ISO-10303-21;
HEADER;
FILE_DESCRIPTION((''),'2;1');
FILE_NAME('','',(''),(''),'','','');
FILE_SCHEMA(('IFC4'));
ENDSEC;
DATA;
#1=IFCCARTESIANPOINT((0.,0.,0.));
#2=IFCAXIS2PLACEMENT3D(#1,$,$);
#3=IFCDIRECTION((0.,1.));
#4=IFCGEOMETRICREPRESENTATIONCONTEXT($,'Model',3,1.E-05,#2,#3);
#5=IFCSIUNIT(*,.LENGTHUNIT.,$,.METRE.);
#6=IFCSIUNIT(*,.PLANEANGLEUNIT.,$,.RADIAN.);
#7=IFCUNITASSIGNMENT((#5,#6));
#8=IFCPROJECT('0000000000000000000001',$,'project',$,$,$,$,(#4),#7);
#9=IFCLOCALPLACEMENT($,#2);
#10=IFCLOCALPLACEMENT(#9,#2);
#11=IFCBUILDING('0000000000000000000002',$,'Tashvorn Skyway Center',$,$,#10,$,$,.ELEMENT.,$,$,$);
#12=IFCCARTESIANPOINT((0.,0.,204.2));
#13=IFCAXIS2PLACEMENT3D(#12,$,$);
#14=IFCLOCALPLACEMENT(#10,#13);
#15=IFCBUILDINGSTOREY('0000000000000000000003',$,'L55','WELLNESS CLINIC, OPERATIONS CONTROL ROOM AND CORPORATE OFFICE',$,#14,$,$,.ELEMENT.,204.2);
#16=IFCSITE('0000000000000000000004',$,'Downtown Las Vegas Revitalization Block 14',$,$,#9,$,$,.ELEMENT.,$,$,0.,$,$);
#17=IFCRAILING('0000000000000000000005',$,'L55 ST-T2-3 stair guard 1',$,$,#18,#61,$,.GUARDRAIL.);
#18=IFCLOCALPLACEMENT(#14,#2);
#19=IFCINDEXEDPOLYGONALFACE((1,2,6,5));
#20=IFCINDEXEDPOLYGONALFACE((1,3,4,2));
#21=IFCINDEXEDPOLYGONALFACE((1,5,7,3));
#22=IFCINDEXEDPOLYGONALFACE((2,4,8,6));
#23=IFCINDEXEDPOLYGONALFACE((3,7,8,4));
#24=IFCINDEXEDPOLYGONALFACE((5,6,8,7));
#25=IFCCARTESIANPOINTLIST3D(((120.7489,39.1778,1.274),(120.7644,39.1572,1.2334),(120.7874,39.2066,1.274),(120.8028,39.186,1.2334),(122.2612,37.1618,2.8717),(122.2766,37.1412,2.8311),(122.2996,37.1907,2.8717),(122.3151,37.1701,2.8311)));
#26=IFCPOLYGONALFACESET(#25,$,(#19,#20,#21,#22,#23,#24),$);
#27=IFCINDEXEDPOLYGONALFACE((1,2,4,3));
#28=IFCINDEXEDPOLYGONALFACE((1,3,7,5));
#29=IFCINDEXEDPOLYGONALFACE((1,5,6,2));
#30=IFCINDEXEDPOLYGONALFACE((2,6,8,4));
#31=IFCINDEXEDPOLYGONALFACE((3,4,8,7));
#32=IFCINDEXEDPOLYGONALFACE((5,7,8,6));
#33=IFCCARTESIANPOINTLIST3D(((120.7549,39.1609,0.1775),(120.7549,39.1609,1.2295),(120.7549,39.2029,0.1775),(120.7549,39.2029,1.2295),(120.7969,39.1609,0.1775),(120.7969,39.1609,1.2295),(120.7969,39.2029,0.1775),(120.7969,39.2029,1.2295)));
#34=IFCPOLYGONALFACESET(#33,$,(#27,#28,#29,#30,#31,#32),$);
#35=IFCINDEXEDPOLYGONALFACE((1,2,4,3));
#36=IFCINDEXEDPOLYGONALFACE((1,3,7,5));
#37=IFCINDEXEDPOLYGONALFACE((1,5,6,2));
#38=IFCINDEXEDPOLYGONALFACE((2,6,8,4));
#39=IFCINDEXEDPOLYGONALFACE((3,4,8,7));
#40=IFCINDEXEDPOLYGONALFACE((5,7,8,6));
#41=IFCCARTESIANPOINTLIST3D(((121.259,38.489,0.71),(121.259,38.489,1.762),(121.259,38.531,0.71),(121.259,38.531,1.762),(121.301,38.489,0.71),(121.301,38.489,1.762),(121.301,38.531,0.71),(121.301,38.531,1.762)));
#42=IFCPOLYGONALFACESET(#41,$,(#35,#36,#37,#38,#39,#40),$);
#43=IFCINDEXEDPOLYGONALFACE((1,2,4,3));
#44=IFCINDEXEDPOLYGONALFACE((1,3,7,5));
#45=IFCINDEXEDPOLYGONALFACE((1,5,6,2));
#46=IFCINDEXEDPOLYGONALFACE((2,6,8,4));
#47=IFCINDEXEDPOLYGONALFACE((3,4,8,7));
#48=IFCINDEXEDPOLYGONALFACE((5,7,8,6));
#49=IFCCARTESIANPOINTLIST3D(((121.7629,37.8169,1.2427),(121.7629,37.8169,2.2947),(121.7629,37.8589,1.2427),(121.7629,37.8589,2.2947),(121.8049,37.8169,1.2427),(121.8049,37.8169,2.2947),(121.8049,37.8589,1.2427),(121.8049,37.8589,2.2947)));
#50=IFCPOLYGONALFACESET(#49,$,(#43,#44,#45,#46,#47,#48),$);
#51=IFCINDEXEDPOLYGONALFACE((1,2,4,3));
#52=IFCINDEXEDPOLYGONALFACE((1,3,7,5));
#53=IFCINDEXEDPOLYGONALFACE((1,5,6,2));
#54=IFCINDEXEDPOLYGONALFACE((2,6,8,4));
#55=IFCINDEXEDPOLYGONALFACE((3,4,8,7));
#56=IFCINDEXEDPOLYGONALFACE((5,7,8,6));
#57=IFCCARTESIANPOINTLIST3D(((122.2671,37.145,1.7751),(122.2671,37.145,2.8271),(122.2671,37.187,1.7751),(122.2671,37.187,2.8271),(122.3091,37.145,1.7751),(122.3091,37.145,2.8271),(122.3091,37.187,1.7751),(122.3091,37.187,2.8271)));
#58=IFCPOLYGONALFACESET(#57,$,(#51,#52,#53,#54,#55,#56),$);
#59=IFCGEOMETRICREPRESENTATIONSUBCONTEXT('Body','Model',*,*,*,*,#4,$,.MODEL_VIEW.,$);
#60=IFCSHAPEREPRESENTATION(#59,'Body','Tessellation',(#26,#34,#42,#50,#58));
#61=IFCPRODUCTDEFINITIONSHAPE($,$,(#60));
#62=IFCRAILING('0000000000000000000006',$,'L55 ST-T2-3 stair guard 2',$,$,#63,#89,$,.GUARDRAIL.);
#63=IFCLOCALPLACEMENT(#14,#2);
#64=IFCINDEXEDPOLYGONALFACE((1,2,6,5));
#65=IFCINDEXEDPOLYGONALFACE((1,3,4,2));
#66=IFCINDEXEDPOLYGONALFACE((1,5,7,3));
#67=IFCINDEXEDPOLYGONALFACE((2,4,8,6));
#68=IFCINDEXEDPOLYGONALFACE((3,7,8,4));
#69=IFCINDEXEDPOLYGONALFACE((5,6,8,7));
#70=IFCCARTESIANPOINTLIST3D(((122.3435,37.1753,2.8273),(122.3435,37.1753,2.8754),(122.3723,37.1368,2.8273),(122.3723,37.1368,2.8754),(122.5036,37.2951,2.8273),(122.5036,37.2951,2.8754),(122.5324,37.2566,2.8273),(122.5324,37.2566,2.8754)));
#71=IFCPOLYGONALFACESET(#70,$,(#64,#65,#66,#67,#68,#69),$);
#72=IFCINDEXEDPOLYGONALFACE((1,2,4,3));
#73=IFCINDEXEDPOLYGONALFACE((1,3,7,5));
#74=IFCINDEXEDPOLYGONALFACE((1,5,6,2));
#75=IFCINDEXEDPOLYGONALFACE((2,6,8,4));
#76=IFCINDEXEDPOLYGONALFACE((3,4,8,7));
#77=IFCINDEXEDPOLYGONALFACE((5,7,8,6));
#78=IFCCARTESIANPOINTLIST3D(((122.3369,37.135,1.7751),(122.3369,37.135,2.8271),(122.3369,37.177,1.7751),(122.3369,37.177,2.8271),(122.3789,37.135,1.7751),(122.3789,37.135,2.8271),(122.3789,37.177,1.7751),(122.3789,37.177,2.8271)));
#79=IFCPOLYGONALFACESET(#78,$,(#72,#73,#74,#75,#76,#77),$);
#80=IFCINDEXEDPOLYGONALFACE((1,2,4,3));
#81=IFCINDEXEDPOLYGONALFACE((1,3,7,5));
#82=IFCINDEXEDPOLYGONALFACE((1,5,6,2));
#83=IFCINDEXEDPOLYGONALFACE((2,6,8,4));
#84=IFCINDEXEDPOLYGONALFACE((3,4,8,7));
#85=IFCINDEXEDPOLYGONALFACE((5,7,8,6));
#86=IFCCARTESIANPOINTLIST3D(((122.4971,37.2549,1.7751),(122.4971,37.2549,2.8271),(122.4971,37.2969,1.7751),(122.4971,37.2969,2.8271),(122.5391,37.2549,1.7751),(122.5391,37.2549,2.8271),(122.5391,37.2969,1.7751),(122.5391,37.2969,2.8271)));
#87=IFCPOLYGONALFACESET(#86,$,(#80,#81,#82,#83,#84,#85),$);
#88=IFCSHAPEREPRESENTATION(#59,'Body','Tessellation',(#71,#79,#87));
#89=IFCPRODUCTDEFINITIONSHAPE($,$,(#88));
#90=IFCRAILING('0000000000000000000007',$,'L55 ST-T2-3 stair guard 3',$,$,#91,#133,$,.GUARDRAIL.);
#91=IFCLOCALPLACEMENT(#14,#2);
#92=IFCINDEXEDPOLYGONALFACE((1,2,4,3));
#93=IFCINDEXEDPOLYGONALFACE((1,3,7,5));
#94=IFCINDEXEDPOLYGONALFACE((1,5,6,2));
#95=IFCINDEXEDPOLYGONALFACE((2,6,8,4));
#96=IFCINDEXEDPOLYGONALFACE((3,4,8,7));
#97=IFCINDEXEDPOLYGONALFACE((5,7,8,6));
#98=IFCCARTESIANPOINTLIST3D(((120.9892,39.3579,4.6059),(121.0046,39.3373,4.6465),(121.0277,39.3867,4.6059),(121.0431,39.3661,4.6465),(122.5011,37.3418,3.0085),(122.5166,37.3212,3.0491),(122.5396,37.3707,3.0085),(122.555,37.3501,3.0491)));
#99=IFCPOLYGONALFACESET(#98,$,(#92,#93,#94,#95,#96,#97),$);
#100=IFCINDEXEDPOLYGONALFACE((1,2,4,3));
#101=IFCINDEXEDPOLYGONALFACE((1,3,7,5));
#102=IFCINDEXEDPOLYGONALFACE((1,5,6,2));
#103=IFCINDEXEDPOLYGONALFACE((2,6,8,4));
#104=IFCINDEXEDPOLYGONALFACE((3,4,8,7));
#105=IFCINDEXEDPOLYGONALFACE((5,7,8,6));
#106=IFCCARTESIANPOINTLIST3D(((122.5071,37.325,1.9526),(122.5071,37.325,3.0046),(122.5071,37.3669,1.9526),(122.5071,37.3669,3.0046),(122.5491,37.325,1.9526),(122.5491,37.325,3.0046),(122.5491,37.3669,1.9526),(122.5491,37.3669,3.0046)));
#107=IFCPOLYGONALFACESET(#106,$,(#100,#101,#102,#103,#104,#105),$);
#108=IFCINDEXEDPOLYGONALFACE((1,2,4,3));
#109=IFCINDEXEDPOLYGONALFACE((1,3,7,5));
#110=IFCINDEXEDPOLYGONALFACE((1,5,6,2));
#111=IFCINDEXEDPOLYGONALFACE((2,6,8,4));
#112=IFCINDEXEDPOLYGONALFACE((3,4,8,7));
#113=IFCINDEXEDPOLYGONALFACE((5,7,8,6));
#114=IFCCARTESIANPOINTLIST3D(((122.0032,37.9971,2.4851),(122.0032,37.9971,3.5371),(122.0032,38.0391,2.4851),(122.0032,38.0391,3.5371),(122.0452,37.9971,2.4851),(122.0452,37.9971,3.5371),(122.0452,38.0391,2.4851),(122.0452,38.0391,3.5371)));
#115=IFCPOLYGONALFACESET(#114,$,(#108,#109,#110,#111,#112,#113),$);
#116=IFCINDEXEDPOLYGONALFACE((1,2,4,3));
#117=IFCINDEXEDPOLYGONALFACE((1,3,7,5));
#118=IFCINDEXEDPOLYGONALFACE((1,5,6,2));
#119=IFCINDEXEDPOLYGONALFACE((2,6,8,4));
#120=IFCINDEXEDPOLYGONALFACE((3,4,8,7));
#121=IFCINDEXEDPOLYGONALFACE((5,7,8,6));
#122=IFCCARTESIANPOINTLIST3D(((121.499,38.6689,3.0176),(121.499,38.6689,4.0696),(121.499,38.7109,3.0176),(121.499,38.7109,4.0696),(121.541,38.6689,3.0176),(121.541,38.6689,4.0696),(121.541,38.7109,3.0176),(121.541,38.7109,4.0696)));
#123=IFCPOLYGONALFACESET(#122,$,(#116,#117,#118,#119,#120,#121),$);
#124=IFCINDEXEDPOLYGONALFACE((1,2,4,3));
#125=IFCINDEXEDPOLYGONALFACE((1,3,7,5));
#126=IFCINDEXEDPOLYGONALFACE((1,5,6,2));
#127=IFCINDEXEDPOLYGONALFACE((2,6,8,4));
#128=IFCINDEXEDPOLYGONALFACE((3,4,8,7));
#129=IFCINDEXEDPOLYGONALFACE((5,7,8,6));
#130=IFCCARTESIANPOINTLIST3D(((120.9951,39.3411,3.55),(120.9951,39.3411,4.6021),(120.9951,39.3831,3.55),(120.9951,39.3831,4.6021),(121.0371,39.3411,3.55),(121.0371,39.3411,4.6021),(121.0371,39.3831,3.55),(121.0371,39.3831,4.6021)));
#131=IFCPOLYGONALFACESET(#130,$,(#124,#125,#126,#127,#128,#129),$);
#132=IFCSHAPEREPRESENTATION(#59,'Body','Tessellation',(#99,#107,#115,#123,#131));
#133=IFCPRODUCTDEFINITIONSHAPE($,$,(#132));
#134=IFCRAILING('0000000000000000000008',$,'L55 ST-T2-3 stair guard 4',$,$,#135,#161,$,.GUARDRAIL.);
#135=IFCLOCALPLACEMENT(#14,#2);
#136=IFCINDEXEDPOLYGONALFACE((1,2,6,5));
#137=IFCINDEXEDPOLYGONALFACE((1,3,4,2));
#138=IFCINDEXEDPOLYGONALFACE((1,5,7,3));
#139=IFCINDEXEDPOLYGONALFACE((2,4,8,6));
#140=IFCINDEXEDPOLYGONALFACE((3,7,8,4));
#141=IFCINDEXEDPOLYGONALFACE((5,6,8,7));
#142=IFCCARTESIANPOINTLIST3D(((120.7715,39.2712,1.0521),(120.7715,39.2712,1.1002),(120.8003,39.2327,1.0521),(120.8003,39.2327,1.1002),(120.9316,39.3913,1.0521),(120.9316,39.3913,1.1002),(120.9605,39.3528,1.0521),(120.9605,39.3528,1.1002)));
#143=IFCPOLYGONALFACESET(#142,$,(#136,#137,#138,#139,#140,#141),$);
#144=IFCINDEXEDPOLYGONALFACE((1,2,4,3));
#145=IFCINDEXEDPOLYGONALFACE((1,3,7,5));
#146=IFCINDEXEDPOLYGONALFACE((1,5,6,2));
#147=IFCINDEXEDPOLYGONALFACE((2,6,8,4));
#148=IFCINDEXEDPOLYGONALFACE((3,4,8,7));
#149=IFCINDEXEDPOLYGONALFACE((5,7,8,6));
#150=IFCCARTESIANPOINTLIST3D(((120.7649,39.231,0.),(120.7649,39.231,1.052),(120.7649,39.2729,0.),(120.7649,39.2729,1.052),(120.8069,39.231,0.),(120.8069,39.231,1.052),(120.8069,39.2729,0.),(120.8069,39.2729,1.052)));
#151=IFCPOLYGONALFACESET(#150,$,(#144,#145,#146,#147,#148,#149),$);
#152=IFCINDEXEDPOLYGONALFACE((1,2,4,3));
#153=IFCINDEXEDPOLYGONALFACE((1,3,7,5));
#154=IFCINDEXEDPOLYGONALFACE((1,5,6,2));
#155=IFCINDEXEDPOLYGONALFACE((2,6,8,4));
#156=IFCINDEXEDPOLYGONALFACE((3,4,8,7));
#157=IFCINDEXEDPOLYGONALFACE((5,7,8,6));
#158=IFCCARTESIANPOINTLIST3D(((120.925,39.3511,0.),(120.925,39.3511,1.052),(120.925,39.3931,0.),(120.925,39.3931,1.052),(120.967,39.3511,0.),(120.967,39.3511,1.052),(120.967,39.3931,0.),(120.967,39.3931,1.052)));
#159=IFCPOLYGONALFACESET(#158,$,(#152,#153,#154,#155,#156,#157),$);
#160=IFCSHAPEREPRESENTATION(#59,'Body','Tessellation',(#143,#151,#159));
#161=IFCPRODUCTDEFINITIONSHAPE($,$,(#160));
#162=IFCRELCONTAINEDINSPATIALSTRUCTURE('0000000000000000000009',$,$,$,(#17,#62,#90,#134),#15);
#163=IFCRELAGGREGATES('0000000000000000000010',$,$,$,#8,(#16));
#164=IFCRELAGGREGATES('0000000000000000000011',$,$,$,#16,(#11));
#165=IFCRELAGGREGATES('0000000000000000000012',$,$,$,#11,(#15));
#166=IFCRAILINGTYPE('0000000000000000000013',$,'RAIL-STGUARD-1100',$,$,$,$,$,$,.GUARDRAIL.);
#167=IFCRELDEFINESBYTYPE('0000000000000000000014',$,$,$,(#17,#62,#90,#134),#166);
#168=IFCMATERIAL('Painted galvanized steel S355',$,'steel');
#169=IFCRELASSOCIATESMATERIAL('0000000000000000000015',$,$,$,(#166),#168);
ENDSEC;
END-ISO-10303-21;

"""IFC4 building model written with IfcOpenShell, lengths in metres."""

from ifc_helpers import new_model, si_unit, direction, frame, origin, origin_2d, place, context, subcontext, project, spatial, rectangle, extrude, material, type_object, element, save


model = new_model("IFC4")

# Units and contexts
model_context = context("Model", 3, precision=1e-05, world=origin(), true_north=direction((0.0, 1.0)))
body_context = subcontext(model_context, "Body", "Model", "MODEL_VIEW")
ifc_project = project(units=[si_unit("LENGTHUNIT", "METRE"), si_unit("PLANEANGLEUNIT", "RADIAN")], contexts=[model_context])

# Site, building, storey
site_placement = place(None, origin())
site = spatial("IfcSite", under=ifc_project, at=site_placement, Name="Downtown Las Vegas Revitalization Block 14", CompositionType="ELEMENT", RefElevation=0.0)
building_placement = place(site_placement, origin())
building = spatial("IfcBuilding", under=site, at=building_placement, Name="Tashvorn Skyway Center", CompositionType="ELEMENT")
storey_placement = place(building_placement, frame((0.0, 0.0, 204.2)))
storey = spatial("IfcBuildingStorey", under=building, at=storey_placement, Name="L55", Description="WELLNESS CLINIC, OPERATIONS CONTROL ROOM AND CORPORATE OFFICE", CompositionType="ELEMENT", Elevation=204.2)

# Railings
ifc_material_1 = material(Name="Painted galvanized steel S355", Category="steel")
railing_type_1 = type_object("IfcRailingType", Name="RAIL-STGUARD-1100", PredefinedType="GUARDRAIL", material=ifc_material_1)
railing_1_placement = place(storey_placement, frame((120.7759, 39.1819, 0.1775)))
element("IfcRailing", 1, at=railing_1_placement, inside=storey, type_object=railing_type_1, Name="L55 ST-T2-3 stair guard 1", PredefinedType="GUARDRAIL", context=body_context, shape_type="SweptSolid", body=[
    extrude(rectangle(XDim=0.0481, YDim=0.0481, at=origin_2d()), frame((0.0, 0.0, 1.0762), z_axis=(0.506807, -0.675607, 0.535445), x_axis=(0.799942, 0.600078, 0.0)), (0.0, 0.0, 1.0), 2.9839),
    extrude(rectangle(XDim=0.042, YDim=0.042, at=origin_2d()), origin(), (0.0, 0.0, 1.0), 1.052),
    extrude(rectangle(XDim=0.042, YDim=0.042, at=origin_2d()), frame((0.5042, -0.6719, 0.5325)), (0.0, 0.0, 1.0), 1.052),
    extrude(rectangle(XDim=0.042, YDim=0.042, at=origin_2d()), frame((1.0081, -1.344, 1.0652)), (0.0, 0.0, 1.0), 1.052),
    extrude(rectangle(XDim=0.042, YDim=0.042, at=origin_2d()), frame((1.5122, -2.0159, 1.5977)), (0.0, 0.0, 1.0), 1.052),
])
railing_2_placement = place(storey_placement, frame((122.3579, 37.156, 1.7751)))
element("IfcRailing", 2, at=railing_2_placement, inside=storey, type_object=railing_type_1, Name="L55 ST-T2-3 stair guard 2", PredefinedType="GUARDRAIL", context=body_context, shape_type="SweptSolid", body=[
    extrude(rectangle(XDim=0.0481, YDim=0.0481, at=origin_2d()), frame((0.0, 0.0, 1.0762), z_axis=(0.800585, 0.599219, 0.0), x_axis=(-0.599219, 0.800585, 0.0)), (0.0, 0.0, 1.0), 0.2),
    extrude(rectangle(XDim=0.042, YDim=0.042, at=origin_2d()), origin(), (0.0, 0.0, 1.0), 1.052),
    extrude(rectangle(XDim=0.042, YDim=0.042, at=origin_2d()), frame((0.1602, 0.1199, 0.0)), (0.0, 0.0, 1.0), 1.052),
])
railing_3_placement = place(storey_placement, frame((122.5281, 37.3459, 1.9526)))
element("IfcRailing", 3, at=railing_3_placement, inside=storey, type_object=railing_type_1, Name="L55 ST-T2-3 stair guard 3", PredefinedType="GUARDRAIL", context=body_context, shape_type="SweptSolid", body=[
    extrude(rectangle(XDim=0.0481, YDim=0.0481, at=origin_2d()), frame((0.0, 0.0, 1.0762), z_axis=(-0.506741, 0.675709, 0.535379), x_axis=(-0.800023, -0.599969, 0.0)), (0.0, 0.0, 1.0), 2.9836),
    extrude(rectangle(XDim=0.042, YDim=0.042, at=origin_2d()), origin(), (0.0, 0.0, 1.0), 1.052),
    extrude(rectangle(XDim=0.042, YDim=0.042, at=origin_2d()), frame((-0.5039, 0.6721, 0.5325)), (0.0, 0.0, 1.0), 1.052),
    extrude(rectangle(XDim=0.042, YDim=0.042, at=origin_2d()), frame((-1.0081, 1.344, 1.0649)), (0.0, 0.0, 1.0), 1.052),
    extrude(rectangle(XDim=0.042, YDim=0.042, at=origin_2d()), frame((-1.512, 2.0161, 1.5974)), (0.0, 0.0, 1.0), 1.052),
])
railing_4_placement = place(storey_placement, frame((120.7859, 39.252, 0.0)))
element("IfcRailing", 4, at=railing_4_placement, inside=storey, type_object=railing_type_1, Name="L55 ST-T2-3 stair guard 4", PredefinedType="GUARDRAIL", context=body_context, shape_type="SweptSolid", body=[
    extrude(rectangle(XDim=0.0481, YDim=0.0481, at=origin_2d()), frame((0.0, 0.0, 1.0762), z_axis=(0.8, 0.6, 0.0), x_axis=(-0.6, 0.8, 0.0)), (0.0, 0.0, 1.0), 0.2002),
    extrude(rectangle(XDim=0.042, YDim=0.042, at=origin_2d()), origin(), (0.0, 0.0, 1.0), 1.052),
    extrude(rectangle(XDim=0.042, YDim=0.042, at=origin_2d()), frame((0.1602, 0.1201, 0.0)), (0.0, 0.0, 1.0), 1.052),
])

save(model, "model.ifc")
